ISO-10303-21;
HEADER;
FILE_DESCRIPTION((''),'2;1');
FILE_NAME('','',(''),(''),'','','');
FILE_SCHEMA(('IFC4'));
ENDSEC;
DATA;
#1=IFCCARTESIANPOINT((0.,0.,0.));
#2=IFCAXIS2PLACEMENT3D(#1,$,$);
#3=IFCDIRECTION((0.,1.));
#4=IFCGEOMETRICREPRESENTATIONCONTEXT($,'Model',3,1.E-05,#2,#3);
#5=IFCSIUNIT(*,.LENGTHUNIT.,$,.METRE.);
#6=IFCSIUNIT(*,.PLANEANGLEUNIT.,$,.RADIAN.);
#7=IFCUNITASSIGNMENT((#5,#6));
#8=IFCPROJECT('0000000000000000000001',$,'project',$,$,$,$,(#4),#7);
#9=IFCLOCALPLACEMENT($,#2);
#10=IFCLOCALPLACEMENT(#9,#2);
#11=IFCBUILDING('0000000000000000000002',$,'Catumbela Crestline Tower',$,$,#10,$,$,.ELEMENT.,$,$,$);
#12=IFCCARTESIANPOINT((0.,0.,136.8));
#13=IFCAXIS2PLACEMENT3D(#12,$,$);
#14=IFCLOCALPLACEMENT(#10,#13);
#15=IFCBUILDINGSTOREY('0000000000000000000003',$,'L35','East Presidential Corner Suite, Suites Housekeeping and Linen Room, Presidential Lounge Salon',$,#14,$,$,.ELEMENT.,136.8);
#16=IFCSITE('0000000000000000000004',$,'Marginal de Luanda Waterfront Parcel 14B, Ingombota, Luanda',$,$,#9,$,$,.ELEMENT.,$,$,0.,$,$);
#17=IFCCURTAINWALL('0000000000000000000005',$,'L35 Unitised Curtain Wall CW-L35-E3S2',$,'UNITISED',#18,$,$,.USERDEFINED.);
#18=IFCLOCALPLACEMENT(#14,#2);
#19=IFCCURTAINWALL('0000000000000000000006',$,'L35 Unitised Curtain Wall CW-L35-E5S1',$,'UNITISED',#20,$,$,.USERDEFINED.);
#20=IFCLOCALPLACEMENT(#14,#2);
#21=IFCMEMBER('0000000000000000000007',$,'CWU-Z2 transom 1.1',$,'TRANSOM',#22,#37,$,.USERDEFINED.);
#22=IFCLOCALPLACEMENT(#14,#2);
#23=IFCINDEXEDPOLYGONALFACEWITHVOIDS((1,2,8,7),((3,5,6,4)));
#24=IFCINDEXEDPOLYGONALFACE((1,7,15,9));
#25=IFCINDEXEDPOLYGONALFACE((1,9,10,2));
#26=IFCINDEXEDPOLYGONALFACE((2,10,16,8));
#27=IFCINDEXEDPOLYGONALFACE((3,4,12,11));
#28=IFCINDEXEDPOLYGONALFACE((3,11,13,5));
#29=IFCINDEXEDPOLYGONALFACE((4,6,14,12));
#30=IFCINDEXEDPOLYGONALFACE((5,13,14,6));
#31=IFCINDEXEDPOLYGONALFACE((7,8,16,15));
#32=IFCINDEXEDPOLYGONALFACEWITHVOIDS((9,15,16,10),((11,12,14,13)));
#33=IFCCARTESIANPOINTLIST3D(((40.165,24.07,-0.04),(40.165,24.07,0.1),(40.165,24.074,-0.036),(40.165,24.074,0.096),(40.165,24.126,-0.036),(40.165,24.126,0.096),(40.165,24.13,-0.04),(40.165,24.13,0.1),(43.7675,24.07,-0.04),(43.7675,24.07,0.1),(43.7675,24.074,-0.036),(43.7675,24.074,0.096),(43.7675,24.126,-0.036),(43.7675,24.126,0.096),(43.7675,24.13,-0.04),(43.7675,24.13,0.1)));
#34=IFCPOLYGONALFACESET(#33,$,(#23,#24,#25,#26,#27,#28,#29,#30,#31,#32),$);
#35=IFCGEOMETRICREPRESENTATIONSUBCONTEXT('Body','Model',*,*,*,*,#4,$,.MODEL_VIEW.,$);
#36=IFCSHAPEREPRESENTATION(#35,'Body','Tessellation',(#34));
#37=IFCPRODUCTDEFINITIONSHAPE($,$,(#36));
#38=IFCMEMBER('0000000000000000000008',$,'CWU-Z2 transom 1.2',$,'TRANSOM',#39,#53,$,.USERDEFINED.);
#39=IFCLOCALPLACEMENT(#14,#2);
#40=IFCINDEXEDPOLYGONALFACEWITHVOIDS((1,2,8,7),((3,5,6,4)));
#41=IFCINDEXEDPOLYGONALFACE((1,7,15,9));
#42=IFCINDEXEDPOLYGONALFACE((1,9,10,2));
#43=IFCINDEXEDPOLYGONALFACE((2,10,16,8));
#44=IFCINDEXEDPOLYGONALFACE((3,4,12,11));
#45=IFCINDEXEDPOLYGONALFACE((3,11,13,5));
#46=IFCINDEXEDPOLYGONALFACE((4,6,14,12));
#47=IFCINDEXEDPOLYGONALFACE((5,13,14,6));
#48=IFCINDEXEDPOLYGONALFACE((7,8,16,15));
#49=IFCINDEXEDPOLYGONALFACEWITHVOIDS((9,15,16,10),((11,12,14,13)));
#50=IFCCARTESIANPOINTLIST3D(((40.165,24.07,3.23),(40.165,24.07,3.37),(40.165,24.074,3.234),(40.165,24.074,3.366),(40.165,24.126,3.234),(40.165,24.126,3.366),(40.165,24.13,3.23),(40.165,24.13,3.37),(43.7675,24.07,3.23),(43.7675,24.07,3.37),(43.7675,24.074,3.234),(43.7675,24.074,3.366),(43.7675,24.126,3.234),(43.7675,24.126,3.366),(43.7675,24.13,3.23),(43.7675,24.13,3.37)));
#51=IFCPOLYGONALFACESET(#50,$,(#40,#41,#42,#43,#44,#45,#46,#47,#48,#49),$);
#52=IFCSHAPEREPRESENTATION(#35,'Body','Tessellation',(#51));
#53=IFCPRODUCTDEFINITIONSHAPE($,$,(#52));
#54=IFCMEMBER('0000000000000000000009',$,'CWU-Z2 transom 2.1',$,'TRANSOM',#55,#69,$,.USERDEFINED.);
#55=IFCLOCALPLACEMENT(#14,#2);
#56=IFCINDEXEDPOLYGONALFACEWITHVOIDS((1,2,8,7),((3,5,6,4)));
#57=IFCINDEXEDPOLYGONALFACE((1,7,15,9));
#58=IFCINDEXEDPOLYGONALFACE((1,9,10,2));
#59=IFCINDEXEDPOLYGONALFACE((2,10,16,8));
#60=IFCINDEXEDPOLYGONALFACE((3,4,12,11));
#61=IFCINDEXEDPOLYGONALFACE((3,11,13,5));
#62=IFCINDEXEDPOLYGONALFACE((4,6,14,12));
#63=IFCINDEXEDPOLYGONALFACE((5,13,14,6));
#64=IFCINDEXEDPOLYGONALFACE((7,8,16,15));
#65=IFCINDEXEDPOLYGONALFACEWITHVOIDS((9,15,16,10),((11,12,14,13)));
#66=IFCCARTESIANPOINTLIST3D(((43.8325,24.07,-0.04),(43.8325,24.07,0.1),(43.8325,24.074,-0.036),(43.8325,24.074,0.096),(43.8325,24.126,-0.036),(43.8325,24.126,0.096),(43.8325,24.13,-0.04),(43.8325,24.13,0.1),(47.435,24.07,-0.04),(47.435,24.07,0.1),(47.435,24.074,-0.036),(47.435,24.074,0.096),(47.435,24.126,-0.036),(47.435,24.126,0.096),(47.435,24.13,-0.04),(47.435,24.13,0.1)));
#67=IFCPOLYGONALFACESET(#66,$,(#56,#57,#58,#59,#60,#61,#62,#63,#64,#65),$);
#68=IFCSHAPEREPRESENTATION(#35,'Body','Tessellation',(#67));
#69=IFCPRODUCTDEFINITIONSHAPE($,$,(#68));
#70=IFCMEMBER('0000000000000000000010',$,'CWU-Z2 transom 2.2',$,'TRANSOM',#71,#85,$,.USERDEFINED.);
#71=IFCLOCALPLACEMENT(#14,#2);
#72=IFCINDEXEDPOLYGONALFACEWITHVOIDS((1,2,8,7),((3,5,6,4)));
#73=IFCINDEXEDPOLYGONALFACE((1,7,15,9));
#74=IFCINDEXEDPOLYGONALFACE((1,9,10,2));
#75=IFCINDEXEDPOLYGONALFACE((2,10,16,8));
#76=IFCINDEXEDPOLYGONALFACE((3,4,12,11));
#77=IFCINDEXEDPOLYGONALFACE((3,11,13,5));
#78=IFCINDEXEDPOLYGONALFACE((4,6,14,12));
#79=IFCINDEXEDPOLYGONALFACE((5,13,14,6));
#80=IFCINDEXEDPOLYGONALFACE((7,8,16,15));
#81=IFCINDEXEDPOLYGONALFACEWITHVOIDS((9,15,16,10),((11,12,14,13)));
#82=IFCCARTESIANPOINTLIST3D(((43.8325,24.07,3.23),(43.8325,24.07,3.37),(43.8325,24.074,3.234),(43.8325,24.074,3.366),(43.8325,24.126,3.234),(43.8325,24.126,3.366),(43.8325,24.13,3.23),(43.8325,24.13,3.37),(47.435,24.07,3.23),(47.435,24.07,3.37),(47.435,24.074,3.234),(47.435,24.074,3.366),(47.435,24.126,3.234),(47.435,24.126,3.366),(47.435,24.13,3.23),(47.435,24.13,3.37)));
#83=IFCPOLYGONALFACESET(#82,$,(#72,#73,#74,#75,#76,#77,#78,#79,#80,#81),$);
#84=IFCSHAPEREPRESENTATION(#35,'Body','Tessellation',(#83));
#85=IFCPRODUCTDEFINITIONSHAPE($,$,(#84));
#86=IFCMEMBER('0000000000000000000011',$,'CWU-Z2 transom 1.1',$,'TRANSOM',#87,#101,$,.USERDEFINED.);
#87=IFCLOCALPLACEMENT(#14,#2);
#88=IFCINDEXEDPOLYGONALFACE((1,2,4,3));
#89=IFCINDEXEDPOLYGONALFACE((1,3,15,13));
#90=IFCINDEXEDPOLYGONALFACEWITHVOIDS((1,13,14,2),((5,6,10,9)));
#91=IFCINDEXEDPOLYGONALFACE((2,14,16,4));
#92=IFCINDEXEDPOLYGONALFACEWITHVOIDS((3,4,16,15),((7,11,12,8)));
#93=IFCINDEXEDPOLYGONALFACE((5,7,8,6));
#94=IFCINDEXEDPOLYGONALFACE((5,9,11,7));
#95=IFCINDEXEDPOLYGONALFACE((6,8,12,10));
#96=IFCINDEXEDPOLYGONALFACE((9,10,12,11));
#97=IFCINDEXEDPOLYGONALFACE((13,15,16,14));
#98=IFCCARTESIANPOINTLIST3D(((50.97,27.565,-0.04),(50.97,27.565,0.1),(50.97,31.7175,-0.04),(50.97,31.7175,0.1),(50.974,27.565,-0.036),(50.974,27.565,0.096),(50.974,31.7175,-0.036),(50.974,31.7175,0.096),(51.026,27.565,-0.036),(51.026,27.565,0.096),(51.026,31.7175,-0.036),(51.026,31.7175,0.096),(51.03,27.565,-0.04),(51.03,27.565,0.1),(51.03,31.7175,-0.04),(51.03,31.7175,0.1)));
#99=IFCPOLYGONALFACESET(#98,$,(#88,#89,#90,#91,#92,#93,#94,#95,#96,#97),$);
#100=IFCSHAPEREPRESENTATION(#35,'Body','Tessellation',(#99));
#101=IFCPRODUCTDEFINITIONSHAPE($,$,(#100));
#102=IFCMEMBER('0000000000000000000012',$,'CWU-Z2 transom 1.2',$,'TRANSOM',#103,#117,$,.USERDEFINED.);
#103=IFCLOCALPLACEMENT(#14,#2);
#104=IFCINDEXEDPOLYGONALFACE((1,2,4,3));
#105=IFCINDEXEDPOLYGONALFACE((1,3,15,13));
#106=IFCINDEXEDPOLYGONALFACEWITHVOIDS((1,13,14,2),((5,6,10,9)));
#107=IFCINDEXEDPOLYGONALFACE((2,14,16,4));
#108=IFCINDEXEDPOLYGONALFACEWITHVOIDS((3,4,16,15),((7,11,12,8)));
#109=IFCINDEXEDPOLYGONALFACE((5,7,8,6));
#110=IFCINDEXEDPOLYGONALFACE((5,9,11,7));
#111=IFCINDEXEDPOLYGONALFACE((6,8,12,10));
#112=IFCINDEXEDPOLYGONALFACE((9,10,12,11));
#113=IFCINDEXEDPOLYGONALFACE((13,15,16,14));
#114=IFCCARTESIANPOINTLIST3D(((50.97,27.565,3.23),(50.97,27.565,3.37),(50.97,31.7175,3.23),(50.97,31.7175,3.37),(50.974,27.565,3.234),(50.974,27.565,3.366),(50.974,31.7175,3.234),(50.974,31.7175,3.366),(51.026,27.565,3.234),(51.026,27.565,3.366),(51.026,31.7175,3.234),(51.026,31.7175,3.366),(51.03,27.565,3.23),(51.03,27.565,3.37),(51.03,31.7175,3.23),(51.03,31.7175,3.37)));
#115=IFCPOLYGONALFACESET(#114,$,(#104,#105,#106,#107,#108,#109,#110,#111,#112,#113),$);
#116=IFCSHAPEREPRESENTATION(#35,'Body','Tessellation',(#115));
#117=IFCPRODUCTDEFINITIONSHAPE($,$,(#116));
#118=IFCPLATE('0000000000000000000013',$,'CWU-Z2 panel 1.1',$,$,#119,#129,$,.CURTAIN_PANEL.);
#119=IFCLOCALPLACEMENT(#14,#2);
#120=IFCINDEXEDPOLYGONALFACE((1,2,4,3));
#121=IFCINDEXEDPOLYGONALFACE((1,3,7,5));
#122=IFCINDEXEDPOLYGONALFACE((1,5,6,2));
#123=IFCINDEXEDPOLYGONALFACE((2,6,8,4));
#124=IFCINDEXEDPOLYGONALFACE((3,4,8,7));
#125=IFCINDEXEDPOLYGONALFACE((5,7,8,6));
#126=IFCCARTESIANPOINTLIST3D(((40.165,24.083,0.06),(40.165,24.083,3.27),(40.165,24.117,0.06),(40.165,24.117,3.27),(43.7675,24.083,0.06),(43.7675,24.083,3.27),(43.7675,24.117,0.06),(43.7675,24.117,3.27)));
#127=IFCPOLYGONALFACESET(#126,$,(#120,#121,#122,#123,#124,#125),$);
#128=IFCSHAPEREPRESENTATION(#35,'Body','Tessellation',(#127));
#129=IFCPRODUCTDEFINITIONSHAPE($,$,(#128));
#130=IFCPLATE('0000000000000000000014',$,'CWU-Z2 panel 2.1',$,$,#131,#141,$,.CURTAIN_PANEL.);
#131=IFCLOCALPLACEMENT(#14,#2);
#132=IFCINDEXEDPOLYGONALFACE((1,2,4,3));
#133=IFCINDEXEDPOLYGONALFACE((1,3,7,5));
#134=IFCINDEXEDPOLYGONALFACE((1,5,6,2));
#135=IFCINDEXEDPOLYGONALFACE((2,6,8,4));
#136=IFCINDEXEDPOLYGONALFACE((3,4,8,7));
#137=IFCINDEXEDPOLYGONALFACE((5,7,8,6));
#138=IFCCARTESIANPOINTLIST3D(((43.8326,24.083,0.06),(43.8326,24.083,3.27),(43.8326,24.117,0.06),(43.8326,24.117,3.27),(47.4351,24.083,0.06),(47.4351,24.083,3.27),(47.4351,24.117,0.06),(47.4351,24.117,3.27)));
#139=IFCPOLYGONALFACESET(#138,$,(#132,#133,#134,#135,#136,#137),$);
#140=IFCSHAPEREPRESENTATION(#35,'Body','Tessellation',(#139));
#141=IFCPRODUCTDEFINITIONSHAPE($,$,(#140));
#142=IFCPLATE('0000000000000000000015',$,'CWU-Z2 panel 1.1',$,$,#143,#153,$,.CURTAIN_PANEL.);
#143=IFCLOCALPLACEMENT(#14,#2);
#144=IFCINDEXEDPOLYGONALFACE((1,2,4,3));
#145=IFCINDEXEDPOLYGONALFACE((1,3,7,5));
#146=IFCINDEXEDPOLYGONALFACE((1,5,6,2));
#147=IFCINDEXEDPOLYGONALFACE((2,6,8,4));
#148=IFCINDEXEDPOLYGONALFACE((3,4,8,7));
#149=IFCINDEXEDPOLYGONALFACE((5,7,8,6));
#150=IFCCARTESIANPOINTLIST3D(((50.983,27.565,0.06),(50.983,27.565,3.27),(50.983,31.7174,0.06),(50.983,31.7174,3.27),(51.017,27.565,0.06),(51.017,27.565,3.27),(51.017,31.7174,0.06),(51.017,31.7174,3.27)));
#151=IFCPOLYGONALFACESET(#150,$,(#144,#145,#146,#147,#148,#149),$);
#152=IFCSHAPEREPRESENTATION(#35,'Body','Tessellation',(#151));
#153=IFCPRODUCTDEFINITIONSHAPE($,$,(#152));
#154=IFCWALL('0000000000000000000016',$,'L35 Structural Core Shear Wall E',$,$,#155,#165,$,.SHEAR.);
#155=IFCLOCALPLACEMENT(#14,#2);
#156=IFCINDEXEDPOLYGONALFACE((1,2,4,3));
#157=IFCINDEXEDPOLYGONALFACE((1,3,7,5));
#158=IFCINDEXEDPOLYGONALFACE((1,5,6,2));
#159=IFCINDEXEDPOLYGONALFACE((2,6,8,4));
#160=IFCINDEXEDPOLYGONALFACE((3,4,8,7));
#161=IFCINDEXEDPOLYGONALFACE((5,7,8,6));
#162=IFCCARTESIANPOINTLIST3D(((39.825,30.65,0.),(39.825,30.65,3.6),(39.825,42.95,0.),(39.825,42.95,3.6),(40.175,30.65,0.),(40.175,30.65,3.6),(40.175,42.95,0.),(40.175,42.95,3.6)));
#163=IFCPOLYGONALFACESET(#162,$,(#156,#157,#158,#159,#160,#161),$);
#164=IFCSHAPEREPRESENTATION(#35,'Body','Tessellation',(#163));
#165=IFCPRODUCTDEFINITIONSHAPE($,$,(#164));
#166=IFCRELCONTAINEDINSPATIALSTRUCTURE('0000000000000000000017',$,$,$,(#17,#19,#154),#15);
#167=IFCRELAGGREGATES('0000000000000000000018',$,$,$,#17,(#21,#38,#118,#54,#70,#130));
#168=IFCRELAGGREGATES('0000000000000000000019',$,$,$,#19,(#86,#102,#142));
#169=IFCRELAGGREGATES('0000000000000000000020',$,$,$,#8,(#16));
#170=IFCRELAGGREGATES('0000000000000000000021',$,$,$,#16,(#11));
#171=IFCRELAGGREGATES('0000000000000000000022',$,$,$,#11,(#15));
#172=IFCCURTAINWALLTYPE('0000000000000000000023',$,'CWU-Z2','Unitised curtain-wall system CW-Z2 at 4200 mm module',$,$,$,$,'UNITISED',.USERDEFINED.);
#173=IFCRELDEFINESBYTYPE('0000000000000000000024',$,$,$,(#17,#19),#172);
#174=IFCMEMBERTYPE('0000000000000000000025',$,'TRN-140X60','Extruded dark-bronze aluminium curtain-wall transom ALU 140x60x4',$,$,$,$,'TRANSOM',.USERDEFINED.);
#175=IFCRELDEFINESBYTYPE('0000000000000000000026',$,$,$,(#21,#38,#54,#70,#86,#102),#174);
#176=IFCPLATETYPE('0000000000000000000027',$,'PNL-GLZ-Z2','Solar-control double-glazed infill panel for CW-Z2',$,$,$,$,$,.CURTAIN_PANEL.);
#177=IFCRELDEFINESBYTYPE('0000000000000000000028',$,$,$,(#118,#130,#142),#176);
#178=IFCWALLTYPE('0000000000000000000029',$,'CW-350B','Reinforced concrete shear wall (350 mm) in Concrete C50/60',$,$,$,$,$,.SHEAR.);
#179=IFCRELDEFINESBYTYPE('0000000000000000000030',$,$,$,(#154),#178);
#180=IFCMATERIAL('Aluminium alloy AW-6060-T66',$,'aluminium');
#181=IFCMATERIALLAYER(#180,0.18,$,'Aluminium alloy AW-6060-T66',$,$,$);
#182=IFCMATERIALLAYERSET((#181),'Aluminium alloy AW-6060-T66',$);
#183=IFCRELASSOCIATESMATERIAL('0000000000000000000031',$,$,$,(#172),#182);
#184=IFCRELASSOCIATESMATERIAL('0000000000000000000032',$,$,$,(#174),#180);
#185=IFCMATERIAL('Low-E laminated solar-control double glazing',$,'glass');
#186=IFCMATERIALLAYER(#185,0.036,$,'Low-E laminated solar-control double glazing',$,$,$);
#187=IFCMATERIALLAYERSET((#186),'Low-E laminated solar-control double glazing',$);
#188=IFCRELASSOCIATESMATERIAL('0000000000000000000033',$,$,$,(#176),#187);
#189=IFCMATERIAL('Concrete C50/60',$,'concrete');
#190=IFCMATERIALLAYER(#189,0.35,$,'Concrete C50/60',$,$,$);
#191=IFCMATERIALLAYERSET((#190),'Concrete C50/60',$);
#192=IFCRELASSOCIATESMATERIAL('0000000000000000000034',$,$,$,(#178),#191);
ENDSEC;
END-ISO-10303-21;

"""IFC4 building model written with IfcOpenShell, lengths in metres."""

from ifc_helpers import new_model, si_unit, direction, frame, frame_2d, origin, origin_2d, place, context, subcontext, project, spatial, rectangle, hollow_rectangle, extrude, material, layer, layer_set, material_profile, profile_set, type_object, element, aggregate, save


model = new_model("IFC4")

# Units and contexts
model_context = context("Model", 3, precision=1e-05, world=origin(), true_north=direction((0.0, 1.0)))
body_context = subcontext(model_context, "Body", "Model", "MODEL_VIEW")
ifc_project = project(units=[si_unit("LENGTHUNIT", "METRE"), si_unit("PLANEANGLEUNIT", "RADIAN")], contexts=[model_context])

# Site, building, storey
site_placement = place(None, origin())
site = spatial("IfcSite", under=ifc_project, at=site_placement, Name="Marginal de Luanda Waterfront Parcel 14B, Ingombota, Luanda", CompositionType="ELEMENT", RefElevation=0.0)
building_placement = place(site_placement, origin())
building = spatial("IfcBuilding", under=site, at=building_placement, Name="Catumbela Crestline Tower", CompositionType="ELEMENT")
storey_placement = place(building_placement, frame((0.0, 0.0, 136.8)))
storey = spatial("IfcBuildingStorey", under=building, at=storey_placement, Name="L35", Description="East Presidential Corner Suite, Suites Housekeeping and Linen Room, Presidential Lounge Salon", CompositionType="ELEMENT", Elevation=136.8)

# Shared definitions
ifc_material_1 = material(Name="Concrete C50/60", Category="concrete")

# Shared definitions
ifc_material_2 = material(Name="Aluminium alloy AW-6060-T66", Category="aluminium")
ifc_layer_1 = layer(ifc_material_2, 0.18, Name="Aluminium alloy AW-6060-T66")
ifc_layer_set_1 = layer_set([ifc_layer_1], Name="Aluminium alloy AW-6060-T66")
curtain_wall_type = type_object("IfcCurtainWallType", Name="CWU-Z2", Description="Unitised curtain-wall system CW-Z2 at 4200 mm module", ElementType="UNITISED", PredefinedType="USERDEFINED", material=ifc_layer_set_1)

# Curtain wall
curtain_wall_1_placement = place(storey_placement, origin())
curtain_wall_1 = element("IfcCurtainWall", 1, at=curtain_wall_1_placement, inside=storey, type_object=curtain_wall_type, Name="L35 Unitised Curtain Wall CW-L35-E3S2", ObjectType="UNITISED", PredefinedType="USERDEFINED")

# Curtain wall
curtain_wall_2_placement = place(storey_placement, origin())
curtain_wall_2 = element("IfcCurtainWall", 2, at=curtain_wall_2_placement, inside=storey, type_object=curtain_wall_type, Name="L35 Unitised Curtain Wall CW-L35-E5S1", ObjectType="UNITISED", PredefinedType="USERDEFINED")

# Members
ifc_material_profile_1 = material_profile(ifc_material_2, hollow_rectangle(XDim=0.06, YDim=0.14, WallThickness=0.004, at=origin_2d()), Name="ALU 140x60x4")
ifc_profile_set_1 = profile_set([ifc_material_profile_1], Name="Aluminium alloy AW-6060-T66")
member_type_1 = type_object("IfcMemberType", Name="TRN-140X60", Description="Extruded dark-bronze aluminium curtain-wall transom ALU 140x60x4", ElementType="TRANSOM", PredefinedType="USERDEFINED", material=ifc_profile_set_1)
member_1_placement = place(storey_placement, frame((40.165, 24.1, 0.03), z_axis=(1.0, 0.0, 0.0), x_axis=(0.0, 1.0, 0.0)))
member_1 = element("IfcMember", 3, at=member_1_placement, type_object=member_type_1, Name="CWU-Z2 transom 1.1", ObjectType="TRANSOM", PredefinedType="USERDEFINED", context=body_context, shape_type="SweptSolid", body=[
    extrude(hollow_rectangle(XDim=0.06, YDim=0.14, WallThickness=0.004, at=origin_2d()), origin(), (0.0, 0.0, 1.0), 3.6025),
])
member_2_placement = place(storey_placement, frame((40.165, 24.1, 3.3), z_axis=(1.0, 0.0, 0.0), x_axis=(0.0, 1.0, 0.0)))
member_2 = element("IfcMember", 4, at=member_2_placement, type_object=member_type_1, Name="CWU-Z2 transom 1.2", ObjectType="TRANSOM", PredefinedType="USERDEFINED", context=body_context, shape_type="SweptSolid", body=[
    extrude(hollow_rectangle(XDim=0.06, YDim=0.14, WallThickness=0.004, at=origin_2d()), origin(), (0.0, 0.0, 1.0), 3.6025),
])
member_3_placement = place(storey_placement, frame((43.8325, 24.1, 0.03), z_axis=(1.0, 0.0, 0.0), x_axis=(0.0, 1.0, 0.0)))
member_3 = element("IfcMember", 5, at=member_3_placement, type_object=member_type_1, Name="CWU-Z2 transom 2.1", ObjectType="TRANSOM", PredefinedType="USERDEFINED", context=body_context, shape_type="SweptSolid", body=[
    extrude(hollow_rectangle(XDim=0.06, YDim=0.14, WallThickness=0.004, at=origin_2d()), origin(), (0.0, 0.0, 1.0), 3.6025),
])
member_4_placement = place(storey_placement, frame((43.8325, 24.1, 3.3), z_axis=(1.0, 0.0, 0.0), x_axis=(0.0, 1.0, 0.0)))
member_4 = element("IfcMember", 6, at=member_4_placement, type_object=member_type_1, Name="CWU-Z2 transom 2.2", ObjectType="TRANSOM", PredefinedType="USERDEFINED", context=body_context, shape_type="SweptSolid", body=[
    extrude(hollow_rectangle(XDim=0.06, YDim=0.14, WallThickness=0.004, at=origin_2d()), origin(), (0.0, 0.0, 1.0), 3.6025),
])
member_5_placement = place(storey_placement, frame((51.0, 27.565, 0.03), z_axis=(0.0, 1.0, 0.0), x_axis=(-1.0, 0.0, 0.0)))
member_5 = element("IfcMember", 7, at=member_5_placement, type_object=member_type_1, Name="CWU-Z2 transom 1.1", ObjectType="TRANSOM", PredefinedType="USERDEFINED", context=body_context, shape_type="SweptSolid", body=[
    extrude(hollow_rectangle(XDim=0.06, YDim=0.14, WallThickness=0.004, at=origin_2d()), origin(), (0.0, 0.0, 1.0), 4.1525),
])
member_6_placement = place(storey_placement, frame((51.0, 27.565, 3.3), z_axis=(0.0, 1.0, 0.0), x_axis=(-1.0, 0.0, 0.0)))
member_6 = element("IfcMember", 8, at=member_6_placement, type_object=member_type_1, Name="CWU-Z2 transom 1.2", ObjectType="TRANSOM", PredefinedType="USERDEFINED", context=body_context, shape_type="SweptSolid", body=[
    extrude(hollow_rectangle(XDim=0.06, YDim=0.14, WallThickness=0.004, at=origin_2d()), origin(), (0.0, 0.0, 1.0), 4.1525),
])

# Plates
ifc_material_3 = material(Name="Low-E laminated solar-control double glazing", Category="glass")
ifc_layer_2 = layer(ifc_material_3, 0.036, Name="Low-E laminated solar-control double glazing")
ifc_layer_set_2 = layer_set([ifc_layer_2], Name="Low-E laminated solar-control double glazing")
plate_type = type_object("IfcPlateType", Name="PNL-GLZ-Z2", Description="Solar-control double-glazed infill panel for CW-Z2", PredefinedType="CURTAIN_PANEL", material=ifc_layer_set_2)
plate_1_placement = place(storey_placement, frame((41.9662, 24.1, 0.06), z_axis=(0.0, 0.0, 1.0), x_axis=(1.0, 0.0, 0.0)))
plate_1 = element("IfcPlate", 9, at=plate_1_placement, type_object=plate_type, Name="CWU-Z2 panel 1.1", PredefinedType="CURTAIN_PANEL", context=body_context, shape_type="SweptSolid", body=[
    extrude(rectangle(XDim=3.6025, YDim=0.034, at=origin_2d()), origin(), (0.0, 0.0, 1.0), 3.21),
])
plate_2_placement = place(storey_placement, frame((45.6338, 24.1, 0.06), z_axis=(0.0, 0.0, 1.0), x_axis=(1.0, 0.0, 0.0)))
plate_2 = element("IfcPlate", 10, at=plate_2_placement, type_object=plate_type, Name="CWU-Z2 panel 2.1", PredefinedType="CURTAIN_PANEL", context=body_context, shape_type="SweptSolid", body=[
    extrude(rectangle(XDim=3.6025, YDim=0.034, at=origin_2d()), origin(), (0.0, 0.0, 1.0), 3.21),
])
aggregate(curtain_wall_1, [member_1, member_2, plate_1, member_3, member_4, plate_2])
plate_3_placement = place(storey_placement, frame((51.0, 29.6412, 0.06), z_axis=(0.0, 0.0, 1.0), x_axis=(0.0, 1.0, 0.0)))
plate_3 = element("IfcPlate", 11, at=plate_3_placement, type_object=plate_type, Name="CWU-Z2 panel 1.1", PredefinedType="CURTAIN_PANEL", context=body_context, shape_type="SweptSolid", body=[
    extrude(rectangle(XDim=4.1525, YDim=0.034, at=origin_2d()), origin(), (0.0, 0.0, 1.0), 3.21),
])
aggregate(curtain_wall_2, [member_5, member_6, plate_3])

# Wall
ifc_layer_3 = layer(ifc_material_1, 0.35, Name="Concrete C50/60")
ifc_layer_set_3 = layer_set([ifc_layer_3], Name="Concrete C50/60")
wall_type_1 = type_object("IfcWallType", Name="CW-350B", Description="Reinforced concrete shear wall (350 mm) in Concrete C50/60", PredefinedType="SHEAR", material=ifc_layer_set_3)
wall_1_placement = place(storey_placement, frame((40.0, 30.65, 0.0), z_axis=(0.0, 0.0, 1.0), x_axis=(0.0, 1.0, 0.0)))
element("IfcWall", 12, at=wall_1_placement, inside=storey, type_object=wall_type_1, Name="L35 Structural Core Shear Wall E", PredefinedType="SHEAR", context=body_context, shape_type="SweptSolid", body=[
    extrude(rectangle(XDim=12.3, YDim=0.35, at=frame_2d((6.15, 0.0))), origin(), (0.0, 0.0, 1.0), 3.6),
])

save(model, "model.ifc")
